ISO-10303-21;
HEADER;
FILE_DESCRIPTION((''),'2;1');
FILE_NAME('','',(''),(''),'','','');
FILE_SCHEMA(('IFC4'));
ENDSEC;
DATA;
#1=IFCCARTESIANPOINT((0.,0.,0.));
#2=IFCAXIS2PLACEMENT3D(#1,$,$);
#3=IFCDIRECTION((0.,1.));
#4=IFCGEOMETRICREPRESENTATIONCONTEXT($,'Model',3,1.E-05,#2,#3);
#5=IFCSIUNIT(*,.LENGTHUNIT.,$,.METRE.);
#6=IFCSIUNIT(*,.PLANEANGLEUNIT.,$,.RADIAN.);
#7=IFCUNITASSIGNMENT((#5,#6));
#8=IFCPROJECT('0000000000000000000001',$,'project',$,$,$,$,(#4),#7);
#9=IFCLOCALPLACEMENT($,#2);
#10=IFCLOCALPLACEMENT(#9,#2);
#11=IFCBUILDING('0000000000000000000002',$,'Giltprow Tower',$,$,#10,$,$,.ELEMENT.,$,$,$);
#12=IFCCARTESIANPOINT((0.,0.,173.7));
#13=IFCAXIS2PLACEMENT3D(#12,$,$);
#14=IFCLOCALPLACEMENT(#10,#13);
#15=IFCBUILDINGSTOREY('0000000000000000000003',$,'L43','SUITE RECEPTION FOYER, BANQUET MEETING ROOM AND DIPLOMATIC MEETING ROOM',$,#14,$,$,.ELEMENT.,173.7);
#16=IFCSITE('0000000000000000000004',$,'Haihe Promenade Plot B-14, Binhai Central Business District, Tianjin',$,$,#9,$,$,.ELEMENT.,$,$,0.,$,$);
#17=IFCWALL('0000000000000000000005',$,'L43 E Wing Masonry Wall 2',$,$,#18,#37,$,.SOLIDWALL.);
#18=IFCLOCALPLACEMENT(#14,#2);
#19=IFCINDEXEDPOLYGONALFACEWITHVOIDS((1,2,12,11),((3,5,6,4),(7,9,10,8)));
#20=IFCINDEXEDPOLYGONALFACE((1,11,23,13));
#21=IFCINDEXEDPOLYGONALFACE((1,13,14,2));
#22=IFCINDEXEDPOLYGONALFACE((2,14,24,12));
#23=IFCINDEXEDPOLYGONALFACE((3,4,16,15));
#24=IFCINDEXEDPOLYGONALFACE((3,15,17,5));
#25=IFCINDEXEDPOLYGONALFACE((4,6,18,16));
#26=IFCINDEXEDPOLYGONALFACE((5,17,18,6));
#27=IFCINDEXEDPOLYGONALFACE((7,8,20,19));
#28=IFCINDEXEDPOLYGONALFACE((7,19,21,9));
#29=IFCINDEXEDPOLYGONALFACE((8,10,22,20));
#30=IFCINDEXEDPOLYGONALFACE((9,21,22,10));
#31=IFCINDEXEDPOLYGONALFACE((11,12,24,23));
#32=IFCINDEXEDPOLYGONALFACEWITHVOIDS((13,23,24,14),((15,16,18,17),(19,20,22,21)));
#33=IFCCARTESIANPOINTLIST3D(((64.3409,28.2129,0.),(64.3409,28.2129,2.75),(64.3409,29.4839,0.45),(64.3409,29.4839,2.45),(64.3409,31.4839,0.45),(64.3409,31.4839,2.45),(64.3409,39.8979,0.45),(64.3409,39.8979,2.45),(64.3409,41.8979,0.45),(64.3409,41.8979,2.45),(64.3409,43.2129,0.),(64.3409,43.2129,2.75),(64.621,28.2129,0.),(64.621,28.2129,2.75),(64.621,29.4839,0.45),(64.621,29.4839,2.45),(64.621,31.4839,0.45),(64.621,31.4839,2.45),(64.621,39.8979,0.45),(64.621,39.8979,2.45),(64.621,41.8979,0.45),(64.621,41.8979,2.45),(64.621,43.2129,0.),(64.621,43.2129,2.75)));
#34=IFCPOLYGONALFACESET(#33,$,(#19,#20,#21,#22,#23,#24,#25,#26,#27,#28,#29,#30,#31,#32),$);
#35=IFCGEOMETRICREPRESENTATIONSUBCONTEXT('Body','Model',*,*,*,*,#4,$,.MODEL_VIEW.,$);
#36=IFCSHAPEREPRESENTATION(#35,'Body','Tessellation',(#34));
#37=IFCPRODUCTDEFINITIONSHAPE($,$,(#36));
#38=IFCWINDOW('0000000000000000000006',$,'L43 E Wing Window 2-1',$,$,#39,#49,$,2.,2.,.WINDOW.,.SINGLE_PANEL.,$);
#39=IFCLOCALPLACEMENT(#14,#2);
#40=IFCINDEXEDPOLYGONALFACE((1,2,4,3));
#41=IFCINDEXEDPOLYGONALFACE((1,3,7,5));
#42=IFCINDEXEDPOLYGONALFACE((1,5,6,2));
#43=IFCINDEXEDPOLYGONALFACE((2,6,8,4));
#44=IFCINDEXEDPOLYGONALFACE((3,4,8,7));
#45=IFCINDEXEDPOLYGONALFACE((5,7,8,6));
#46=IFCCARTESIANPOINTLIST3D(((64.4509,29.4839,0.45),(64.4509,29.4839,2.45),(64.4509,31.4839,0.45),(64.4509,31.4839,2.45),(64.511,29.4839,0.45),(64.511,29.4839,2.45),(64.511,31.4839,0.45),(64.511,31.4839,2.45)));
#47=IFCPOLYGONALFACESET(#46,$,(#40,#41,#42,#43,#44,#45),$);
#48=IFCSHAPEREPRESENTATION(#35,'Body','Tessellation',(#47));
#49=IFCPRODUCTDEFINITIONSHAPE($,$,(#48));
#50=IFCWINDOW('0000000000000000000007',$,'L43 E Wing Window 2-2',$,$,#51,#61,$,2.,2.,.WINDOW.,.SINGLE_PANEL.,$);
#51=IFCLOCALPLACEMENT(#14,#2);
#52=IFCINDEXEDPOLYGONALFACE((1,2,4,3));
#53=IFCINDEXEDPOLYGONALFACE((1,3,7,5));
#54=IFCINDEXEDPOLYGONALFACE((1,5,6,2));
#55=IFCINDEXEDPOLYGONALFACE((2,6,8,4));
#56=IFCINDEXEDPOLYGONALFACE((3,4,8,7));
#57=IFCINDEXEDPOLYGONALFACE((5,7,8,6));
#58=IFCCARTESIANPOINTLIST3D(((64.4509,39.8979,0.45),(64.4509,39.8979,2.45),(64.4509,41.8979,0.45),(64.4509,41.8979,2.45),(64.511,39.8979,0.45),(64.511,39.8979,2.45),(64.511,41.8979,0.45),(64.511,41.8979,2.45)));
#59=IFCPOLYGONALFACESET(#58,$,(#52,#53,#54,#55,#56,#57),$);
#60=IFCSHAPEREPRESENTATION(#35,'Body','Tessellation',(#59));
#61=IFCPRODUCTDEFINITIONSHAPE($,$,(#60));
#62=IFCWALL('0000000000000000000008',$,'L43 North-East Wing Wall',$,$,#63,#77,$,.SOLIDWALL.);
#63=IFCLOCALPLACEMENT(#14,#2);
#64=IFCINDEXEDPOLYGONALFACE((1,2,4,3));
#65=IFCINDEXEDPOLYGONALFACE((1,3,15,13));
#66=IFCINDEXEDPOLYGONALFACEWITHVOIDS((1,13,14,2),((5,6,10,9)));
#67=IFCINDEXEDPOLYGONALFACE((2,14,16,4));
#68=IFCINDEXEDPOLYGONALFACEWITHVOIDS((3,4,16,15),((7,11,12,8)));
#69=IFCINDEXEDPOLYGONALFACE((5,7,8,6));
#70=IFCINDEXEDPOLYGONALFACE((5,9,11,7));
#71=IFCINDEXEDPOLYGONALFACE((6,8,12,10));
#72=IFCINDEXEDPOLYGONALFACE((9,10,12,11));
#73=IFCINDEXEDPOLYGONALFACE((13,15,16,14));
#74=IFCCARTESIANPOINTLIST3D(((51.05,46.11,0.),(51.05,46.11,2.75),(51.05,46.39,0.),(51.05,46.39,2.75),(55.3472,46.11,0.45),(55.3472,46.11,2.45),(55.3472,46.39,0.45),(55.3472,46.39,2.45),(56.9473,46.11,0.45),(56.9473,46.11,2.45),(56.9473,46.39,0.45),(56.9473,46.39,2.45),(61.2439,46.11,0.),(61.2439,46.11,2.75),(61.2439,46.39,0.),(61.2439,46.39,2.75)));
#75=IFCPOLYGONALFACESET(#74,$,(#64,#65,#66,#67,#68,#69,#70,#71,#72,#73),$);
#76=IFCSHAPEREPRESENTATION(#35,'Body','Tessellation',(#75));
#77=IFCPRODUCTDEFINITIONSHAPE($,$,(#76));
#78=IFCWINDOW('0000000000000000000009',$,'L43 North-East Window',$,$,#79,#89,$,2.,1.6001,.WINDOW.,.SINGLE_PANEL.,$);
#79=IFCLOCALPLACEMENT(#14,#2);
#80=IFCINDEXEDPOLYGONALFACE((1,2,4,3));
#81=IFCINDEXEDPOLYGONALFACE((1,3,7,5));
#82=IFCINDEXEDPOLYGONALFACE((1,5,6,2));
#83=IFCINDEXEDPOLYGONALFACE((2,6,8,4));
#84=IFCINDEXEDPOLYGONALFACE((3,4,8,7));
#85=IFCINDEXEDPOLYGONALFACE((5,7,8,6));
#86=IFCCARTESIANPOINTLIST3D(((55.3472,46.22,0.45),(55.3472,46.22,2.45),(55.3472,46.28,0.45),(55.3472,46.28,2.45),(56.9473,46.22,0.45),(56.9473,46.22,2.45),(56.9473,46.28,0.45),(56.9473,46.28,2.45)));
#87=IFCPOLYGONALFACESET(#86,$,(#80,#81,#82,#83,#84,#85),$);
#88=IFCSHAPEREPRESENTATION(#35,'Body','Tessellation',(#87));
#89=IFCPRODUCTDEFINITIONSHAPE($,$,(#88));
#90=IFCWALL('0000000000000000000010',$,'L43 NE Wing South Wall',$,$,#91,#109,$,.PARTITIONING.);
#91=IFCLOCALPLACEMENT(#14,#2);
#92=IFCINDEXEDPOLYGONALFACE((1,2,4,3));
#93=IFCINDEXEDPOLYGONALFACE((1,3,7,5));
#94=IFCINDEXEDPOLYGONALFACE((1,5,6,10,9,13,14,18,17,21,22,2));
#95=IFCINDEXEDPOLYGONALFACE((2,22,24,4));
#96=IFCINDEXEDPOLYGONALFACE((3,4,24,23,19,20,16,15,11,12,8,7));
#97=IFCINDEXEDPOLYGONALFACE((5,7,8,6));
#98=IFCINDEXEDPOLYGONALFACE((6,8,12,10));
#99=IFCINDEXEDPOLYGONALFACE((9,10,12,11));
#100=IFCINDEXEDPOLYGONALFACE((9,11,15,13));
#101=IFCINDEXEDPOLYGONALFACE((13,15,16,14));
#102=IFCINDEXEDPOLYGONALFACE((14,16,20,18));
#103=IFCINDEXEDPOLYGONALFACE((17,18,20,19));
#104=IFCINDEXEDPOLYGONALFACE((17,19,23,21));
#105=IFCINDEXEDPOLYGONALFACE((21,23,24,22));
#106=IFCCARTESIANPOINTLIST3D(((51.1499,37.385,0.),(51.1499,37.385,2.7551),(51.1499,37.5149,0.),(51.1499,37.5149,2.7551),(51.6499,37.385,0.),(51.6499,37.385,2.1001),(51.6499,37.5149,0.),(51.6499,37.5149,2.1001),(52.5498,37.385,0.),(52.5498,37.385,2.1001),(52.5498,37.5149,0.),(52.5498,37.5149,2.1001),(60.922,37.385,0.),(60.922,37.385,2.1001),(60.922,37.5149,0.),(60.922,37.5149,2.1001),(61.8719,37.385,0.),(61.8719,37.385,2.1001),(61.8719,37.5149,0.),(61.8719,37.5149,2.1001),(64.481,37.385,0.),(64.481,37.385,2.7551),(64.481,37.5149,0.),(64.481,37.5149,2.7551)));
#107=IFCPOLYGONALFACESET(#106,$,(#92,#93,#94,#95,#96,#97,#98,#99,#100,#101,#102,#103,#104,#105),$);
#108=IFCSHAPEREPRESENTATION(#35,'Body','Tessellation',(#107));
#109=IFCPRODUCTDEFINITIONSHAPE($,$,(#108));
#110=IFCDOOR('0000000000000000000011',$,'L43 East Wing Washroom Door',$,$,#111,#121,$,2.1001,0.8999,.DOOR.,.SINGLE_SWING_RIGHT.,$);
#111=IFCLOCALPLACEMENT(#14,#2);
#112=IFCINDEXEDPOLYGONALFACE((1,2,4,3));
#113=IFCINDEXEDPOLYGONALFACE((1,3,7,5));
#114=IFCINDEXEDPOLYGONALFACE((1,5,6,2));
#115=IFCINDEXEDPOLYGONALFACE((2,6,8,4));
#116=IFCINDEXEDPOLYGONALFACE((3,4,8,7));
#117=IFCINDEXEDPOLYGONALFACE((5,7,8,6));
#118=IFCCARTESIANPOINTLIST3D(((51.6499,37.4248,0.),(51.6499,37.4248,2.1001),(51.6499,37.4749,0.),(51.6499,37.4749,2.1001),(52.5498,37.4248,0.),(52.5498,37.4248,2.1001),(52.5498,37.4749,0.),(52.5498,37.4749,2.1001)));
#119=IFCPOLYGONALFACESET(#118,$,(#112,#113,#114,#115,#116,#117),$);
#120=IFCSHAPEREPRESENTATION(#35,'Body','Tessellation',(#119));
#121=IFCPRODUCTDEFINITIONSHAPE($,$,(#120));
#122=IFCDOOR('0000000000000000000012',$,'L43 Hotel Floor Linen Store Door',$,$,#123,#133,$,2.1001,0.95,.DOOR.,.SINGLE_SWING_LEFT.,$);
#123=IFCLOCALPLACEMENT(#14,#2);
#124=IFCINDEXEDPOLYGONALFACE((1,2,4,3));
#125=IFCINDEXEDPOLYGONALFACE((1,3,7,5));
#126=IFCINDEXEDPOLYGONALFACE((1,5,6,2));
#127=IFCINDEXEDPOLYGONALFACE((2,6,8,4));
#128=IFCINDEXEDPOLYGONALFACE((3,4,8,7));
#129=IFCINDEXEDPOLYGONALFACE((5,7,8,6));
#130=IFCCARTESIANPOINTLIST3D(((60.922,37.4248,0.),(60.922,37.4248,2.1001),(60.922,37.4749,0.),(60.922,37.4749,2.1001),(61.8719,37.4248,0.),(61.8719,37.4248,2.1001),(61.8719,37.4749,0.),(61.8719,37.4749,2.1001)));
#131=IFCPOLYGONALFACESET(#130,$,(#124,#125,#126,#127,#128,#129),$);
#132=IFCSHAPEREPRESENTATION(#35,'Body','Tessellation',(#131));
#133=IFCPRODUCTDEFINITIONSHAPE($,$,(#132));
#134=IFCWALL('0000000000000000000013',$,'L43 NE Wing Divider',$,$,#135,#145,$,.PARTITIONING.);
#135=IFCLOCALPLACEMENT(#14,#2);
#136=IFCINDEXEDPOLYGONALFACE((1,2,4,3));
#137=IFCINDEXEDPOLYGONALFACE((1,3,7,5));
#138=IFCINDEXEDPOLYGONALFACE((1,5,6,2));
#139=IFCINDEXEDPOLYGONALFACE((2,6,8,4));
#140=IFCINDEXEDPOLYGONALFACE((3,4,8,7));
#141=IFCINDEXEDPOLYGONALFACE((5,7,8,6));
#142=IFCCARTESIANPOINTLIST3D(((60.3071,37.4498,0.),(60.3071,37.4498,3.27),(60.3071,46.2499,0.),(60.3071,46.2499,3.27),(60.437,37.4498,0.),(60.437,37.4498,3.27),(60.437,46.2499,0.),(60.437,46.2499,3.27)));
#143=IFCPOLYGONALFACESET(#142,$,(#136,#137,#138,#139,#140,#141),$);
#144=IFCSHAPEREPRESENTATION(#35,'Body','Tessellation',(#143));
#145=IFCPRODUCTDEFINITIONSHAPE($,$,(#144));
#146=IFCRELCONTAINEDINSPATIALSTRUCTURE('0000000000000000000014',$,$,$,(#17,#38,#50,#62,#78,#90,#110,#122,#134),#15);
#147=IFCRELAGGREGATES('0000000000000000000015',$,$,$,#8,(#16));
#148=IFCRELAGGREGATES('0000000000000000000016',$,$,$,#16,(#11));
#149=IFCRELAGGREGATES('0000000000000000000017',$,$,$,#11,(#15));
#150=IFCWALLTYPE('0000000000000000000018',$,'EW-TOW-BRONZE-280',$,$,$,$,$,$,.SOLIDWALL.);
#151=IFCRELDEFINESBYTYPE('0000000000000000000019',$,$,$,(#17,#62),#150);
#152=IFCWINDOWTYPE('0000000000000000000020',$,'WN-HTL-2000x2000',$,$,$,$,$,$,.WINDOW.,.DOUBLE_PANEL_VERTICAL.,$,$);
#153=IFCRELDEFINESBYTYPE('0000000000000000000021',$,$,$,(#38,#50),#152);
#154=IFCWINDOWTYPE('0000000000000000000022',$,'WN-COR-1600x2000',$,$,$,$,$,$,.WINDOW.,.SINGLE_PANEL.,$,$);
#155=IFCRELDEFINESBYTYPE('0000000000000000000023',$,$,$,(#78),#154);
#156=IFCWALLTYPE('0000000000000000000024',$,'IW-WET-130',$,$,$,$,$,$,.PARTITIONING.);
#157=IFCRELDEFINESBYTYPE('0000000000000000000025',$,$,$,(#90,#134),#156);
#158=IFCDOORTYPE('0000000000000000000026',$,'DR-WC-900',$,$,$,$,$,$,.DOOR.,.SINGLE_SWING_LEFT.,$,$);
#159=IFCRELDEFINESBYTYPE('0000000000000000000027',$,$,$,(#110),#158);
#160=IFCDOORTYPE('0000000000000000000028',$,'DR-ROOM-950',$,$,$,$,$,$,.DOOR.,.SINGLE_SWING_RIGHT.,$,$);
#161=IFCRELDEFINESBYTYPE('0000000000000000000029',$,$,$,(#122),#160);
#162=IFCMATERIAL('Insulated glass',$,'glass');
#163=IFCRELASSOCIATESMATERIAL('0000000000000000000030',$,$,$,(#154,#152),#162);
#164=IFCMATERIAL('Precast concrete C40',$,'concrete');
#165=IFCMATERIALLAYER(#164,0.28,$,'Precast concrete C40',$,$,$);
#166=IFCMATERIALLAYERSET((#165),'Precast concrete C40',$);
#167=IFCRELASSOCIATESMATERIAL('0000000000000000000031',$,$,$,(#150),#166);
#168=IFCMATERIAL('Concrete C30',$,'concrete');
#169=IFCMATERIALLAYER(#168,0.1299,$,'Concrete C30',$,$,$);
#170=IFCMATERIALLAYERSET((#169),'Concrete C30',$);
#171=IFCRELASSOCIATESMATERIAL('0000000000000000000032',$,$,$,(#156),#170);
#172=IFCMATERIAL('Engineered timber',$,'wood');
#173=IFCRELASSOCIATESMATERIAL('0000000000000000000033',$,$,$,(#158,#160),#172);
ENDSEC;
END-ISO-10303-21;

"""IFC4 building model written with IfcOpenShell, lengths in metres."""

from ifc_helpers import new_model, si_unit, direction, frame, frame_2d, origin, place, context, subcontext, project, spatial, rectangle, extrude, source, transform, mapped, material, layer, layer_set, type_object, element, fill, save


model = new_model("IFC4")

# Units and contexts
model_context = context("Model", 3, precision=1e-05, world=origin(), true_north=direction((0.0, 1.0)))
body_context = subcontext(model_context, "Body", "Model", "MODEL_VIEW")
ifc_project = project(units=[si_unit("LENGTHUNIT", "METRE"), si_unit("PLANEANGLEUNIT", "RADIAN")], contexts=[model_context])

# Site, building, storey
site_placement = place(None, origin())
site = spatial("IfcSite", under=ifc_project, at=site_placement, Name="Haihe Promenade Plot B-14, Binhai Central Business District, Tianjin", CompositionType="ELEMENT", RefElevation=0.0)
building_placement = place(site_placement, origin())
building = spatial("IfcBuilding", under=site, at=building_placement, Name="Giltprow Tower", CompositionType="ELEMENT")
storey_placement = place(building_placement, frame((0.0, 0.0, 173.7)))
storey = spatial("IfcBuildingStorey", under=building, at=storey_placement, Name="L43", Description="SUITE RECEPTION FOYER, BANQUET MEETING ROOM AND DIPLOMATIC MEETING ROOM", CompositionType="ELEMENT", Elevation=173.7)

# Shared definitions
ifc_material_1 = material(Name="Precast concrete C40", Category="concrete")
ifc_material_2 = material(Name="Insulated glass", Category="glass")
window_type_1 = type_object("IfcWindowType", Name="WN-COR-1600x2000", PartitioningType="SINGLE_PANEL", PredefinedType="WINDOW", material=ifc_material_2)
shared_shape_1 = source(origin(), body_context, "Body", "SweptSolid", [
    extrude(rectangle(XDim=1.6001, YDim=2.0, at=frame_2d((0.8, 1.0))), frame((0.0, 0.03, 0.0), z_axis=(0.0, -1.0, 0.0), x_axis=(1.0, 0.0, 0.0)), (0.0, 0.0, 1.0), 0.0601),
])

# Wall, openings, windows
ifc_layer_1 = layer(ifc_material_1, 0.28, Name="Precast concrete C40")
ifc_layer_set_1 = layer_set([ifc_layer_1], Name="Precast concrete C40")
wall_type_1 = type_object("IfcWallType", Name="EW-TOW-BRONZE-280", PredefinedType="SOLIDWALL", material=ifc_layer_set_1)
wall_1_placement = place(storey_placement, frame((64.481, 28.2129, 0.0), z_axis=(0.0, 0.0, 1.0), x_axis=(0.0, 1.0, 0.0)))
wall_1 = element("IfcWall", 1, at=wall_1_placement, inside=storey, type_object=wall_type_1, Name="L43 E Wing Masonry Wall 2", PredefinedType="SOLIDWALL", context=body_context, shape_type="SweptSolid", body=[
    extrude(rectangle(XDim=15.0, YDim=0.28, at=frame_2d((7.5, 0.0))), origin(), (0.0, 0.0, 1.0), 2.75),
])
opening_1_placement = place(wall_1_placement, frame((1.271, 0.0, 0.45)))
opening_1 = element("IfcOpeningElement", 2, at=opening_1_placement, cuts=wall_1, PredefinedType="OPENING", context=body_context, shape_type="SweptSolid", body=[
    extrude(rectangle(XDim=2.0, YDim=2.0, at=frame_2d((1.0, 1.0))), frame((0.0, 0.1499, 0.0), z_axis=(0.0, -1.0, 0.0), x_axis=(1.0, 0.0, 0.0)), (0.0, 0.0, 1.0), 0.3),
])
opening_2_placement = place(wall_1_placement, frame((11.6851, 0.0, 0.45)))
opening_2 = element("IfcOpeningElement", 3, at=opening_2_placement, cuts=wall_1, PredefinedType="OPENING", context=body_context, shape_type="SweptSolid", body=[
    extrude(rectangle(XDim=2.0, YDim=2.0, at=frame_2d((1.0, 1.0))), frame((0.0, 0.1499, 0.0), z_axis=(0.0, -1.0, 0.0), x_axis=(1.0, 0.0, 0.0)), (0.0, 0.0, 1.0), 0.3),
])
window_type_2 = type_object("IfcWindowType", Name="WN-HTL-2000x2000", PartitioningType="DOUBLE_PANEL_VERTICAL", PredefinedType="WINDOW", material=ifc_material_2)
shared_shape_2 = source(origin(), body_context, "Body", "SweptSolid", [
    extrude(rectangle(XDim=2.0, YDim=2.0, at=frame_2d((1.0, 1.0))), frame((0.0, 0.03, 0.0), z_axis=(0.0, -1.0, 0.0), x_axis=(1.0, 0.0, 0.0)), (0.0, 0.0, 1.0), 0.0601),
])
window_1_placement = place(opening_1_placement, origin())
window_1 = element("IfcWindow", 4, at=window_1_placement, inside=storey, type_object=window_type_2, Name="L43 E Wing Window 2-1", OverallHeight=2.0, OverallWidth=2.0, PartitioningType="SINGLE_PANEL", PredefinedType="WINDOW", context=body_context, shape_type="MappedRepresentation", body=[
    mapped(shared_shape_2, transform((0.0, 0.0, 0.0), x_axis=(1.0, 0.0, 0.0), y_axis=(0.0, 1.0, 0.0), z_axis=(0.0, 0.0, 1.0), scale=1.0)),
])
fill(opening_1, window_1)
window_2_placement = place(opening_2_placement, origin())
window_2 = element("IfcWindow", 5, at=window_2_placement, inside=storey, type_object=window_type_2, Name="L43 E Wing Window 2-2", OverallHeight=2.0, OverallWidth=2.0, PartitioningType="SINGLE_PANEL", PredefinedType="WINDOW", context=body_context, shape_type="MappedRepresentation", body=[
    mapped(shared_shape_2, transform((0.0, 0.0, 0.0), x_axis=(1.0, 0.0, 0.0), y_axis=(0.0, 1.0, 0.0), z_axis=(0.0, 0.0, 1.0), scale=1.0)),
])
fill(opening_2, window_2)

# Wall, opening, window
wall_2_placement = place(storey_placement, frame((51.05, 46.25, 0.0), z_axis=(0.0, 0.0, 1.0), x_axis=(1.0, 0.0, 0.0)))
wall_2 = element("IfcWall", 6, at=wall_2_placement, inside=storey, type_object=wall_type_1, Name="L43 North-East Wing Wall", PredefinedType="SOLIDWALL", context=body_context, shape_type="SweptSolid", body=[
    extrude(rectangle(XDim=10.1938, YDim=0.28, at=frame_2d((5.0969, 0.0))), origin(), (0.0, 0.0, 1.0), 2.75),
])
opening_3_placement = place(wall_2_placement, frame((4.2971, 0.0, 0.45)))
opening_3 = element("IfcOpeningElement", 7, at=opening_3_placement, cuts=wall_2, PredefinedType="OPENING", context=body_context, shape_type="SweptSolid", body=[
    extrude(rectangle(XDim=1.6001, YDim=2.0, at=frame_2d((0.8, 1.0))), frame((0.0, 0.1499, 0.0), z_axis=(0.0, -1.0, 0.0), x_axis=(1.0, 0.0, 0.0)), (0.0, 0.0, 1.0), 0.3),
])
window_3_placement = place(opening_3_placement, origin())
window_3 = element("IfcWindow", 8, at=window_3_placement, inside=storey, type_object=window_type_1, Name="L43 North-East Window", OverallHeight=2.0, OverallWidth=1.6001, PartitioningType="SINGLE_PANEL", PredefinedType="WINDOW", context=body_context, shape_type="MappedRepresentation", body=[
    mapped(shared_shape_1, transform((0.0, 0.0, 0.0), x_axis=(1.0, 0.0, 0.0), y_axis=(0.0, 1.0, 0.0), z_axis=(0.0, 0.0, 1.0), scale=1.0)),
])
fill(opening_3, window_3)

# Wall, openings, doors
ifc_material_3 = material(Name="Concrete C30", Category="concrete")
ifc_layer_2 = layer(ifc_material_3, 0.1299, Name="Concrete C30")
ifc_layer_set_2 = layer_set([ifc_layer_2], Name="Concrete C30")
wall_type_2 = type_object("IfcWallType", Name="IW-WET-130", PredefinedType="PARTITIONING", material=ifc_layer_set_2)
wall_3_placement = place(storey_placement, frame((51.1499, 37.45, 0.0), z_axis=(0.0, 0.0, 1.0), x_axis=(1.0, 0.0, 0.0)))
wall_3 = element("IfcWall", 9, at=wall_3_placement, inside=storey, type_object=wall_type_2, Name="L43 NE Wing South Wall", PredefinedType="PARTITIONING", context=body_context, shape_type="SweptSolid", body=[
    extrude(rectangle(XDim=13.3311, YDim=0.1299, at=frame_2d((6.6655, 0.0))), origin(), (0.0, 0.0, 1.0), 2.7551),
])
opening_4_placement = place(wall_3_placement, frame((0.5, 0.0, 0.0)))
opening_4 = element("IfcOpeningElement", 10, at=opening_4_placement, cuts=wall_3, PredefinedType="OPENING", context=body_context, shape_type="SweptSolid", body=[
    extrude(rectangle(XDim=0.8999, YDim=2.1001, at=frame_2d((0.45, 1.05))), frame((0.0, 0.075, 0.0), z_axis=(0.0, -1.0, 0.0), x_axis=(1.0, 0.0, 0.0)), (0.0, 0.0, 1.0), 0.1499),
])
opening_5_placement = place(wall_3_placement, frame((9.772, 0.0, 0.0)))
opening_5 = element("IfcOpeningElement", 11, at=opening_5_placement, cuts=wall_3, PredefinedType="OPENING", context=body_context, shape_type="SweptSolid", body=[
    extrude(rectangle(XDim=0.95, YDim=2.1001, at=frame_2d((0.4751, 1.05))), frame((0.0, 0.075, 0.0), z_axis=(0.0, -1.0, 0.0), x_axis=(1.0, 0.0, 0.0)), (0.0, 0.0, 1.0), 0.1499),
])
ifc_material_4 = material(Name="Engineered timber", Category="wood")
door_type_1 = type_object("IfcDoorType", Name="DR-WC-900", OperationType="SINGLE_SWING_LEFT", PredefinedType="DOOR", material=ifc_material_4)
shared_shape_3 = source(origin(), body_context, "Body", "SweptSolid", [
    extrude(rectangle(XDim=0.8999, YDim=2.1001, at=frame_2d((0.45, 1.05))), frame((0.0, 0.0249, 0.0), z_axis=(0.0, -1.0, 0.0), x_axis=(1.0, 0.0, 0.0)), (0.0, 0.0, 1.0), 0.05),
])
door_1_placement = place(opening_4_placement, origin())
door_1 = element("IfcDoor", 12, at=door_1_placement, inside=storey, type_object=door_type_1, Name="L43 East Wing Washroom Door", OperationType="SINGLE_SWING_RIGHT", OverallHeight=2.1001, OverallWidth=0.8999, PredefinedType="DOOR", context=body_context, shape_type="MappedRepresentation", body=[
    mapped(shared_shape_3, transform((0.0, 0.0, 0.0), x_axis=(1.0, 0.0, 0.0), y_axis=(0.0, 1.0, 0.0), z_axis=(0.0, 0.0, 1.0), scale=1.0)),
])
fill(opening_4, door_1)
door_type_2 = type_object("IfcDoorType", Name="DR-ROOM-950", OperationType="SINGLE_SWING_RIGHT", PredefinedType="DOOR", material=ifc_material_4)
shared_shape_4 = source(origin(), body_context, "Body", "SweptSolid", [
    extrude(rectangle(XDim=0.95, YDim=2.1001, at=frame_2d((0.4751, 1.05))), frame((0.0, 0.0249, 0.0), z_axis=(0.0, -1.0, 0.0), x_axis=(1.0, 0.0, 0.0)), (0.0, 0.0, 1.0), 0.05),
])
door_2_placement = place(opening_5_placement, origin())
door_2 = element("IfcDoor", 13, at=door_2_placement, inside=storey, type_object=door_type_2, Name="L43 Hotel Floor Linen Store Door", OperationType="SINGLE_SWING_LEFT", OverallHeight=2.1001, OverallWidth=0.95, PredefinedType="DOOR", context=body_context, shape_type="MappedRepresentation", body=[
    mapped(shared_shape_4, transform((0.0, 0.0, 0.0), x_axis=(1.0, 0.0, 0.0), y_axis=(0.0, 1.0, 0.0), z_axis=(0.0, 0.0, 1.0), scale=1.0)),
])
fill(opening_5, door_2)

# Wall
wall_4_placement = place(storey_placement, frame((60.3721, 37.45, 0.0), z_axis=(0.0, 0.0, 1.0), x_axis=(0.0, 1.0, 0.0)))
element("IfcWall", 14, at=wall_4_placement, inside=storey, type_object=wall_type_2, Name="L43 NE Wing Divider", PredefinedType="PARTITIONING", context=body_context, shape_type="SweptSolid", body=[
    extrude(rectangle(XDim=8.8, YDim=0.1299, at=frame_2d((4.3999, 0.0))), origin(), (0.0, 0.0, 1.0), 3.27),
])

save(model, "model.ifc")
